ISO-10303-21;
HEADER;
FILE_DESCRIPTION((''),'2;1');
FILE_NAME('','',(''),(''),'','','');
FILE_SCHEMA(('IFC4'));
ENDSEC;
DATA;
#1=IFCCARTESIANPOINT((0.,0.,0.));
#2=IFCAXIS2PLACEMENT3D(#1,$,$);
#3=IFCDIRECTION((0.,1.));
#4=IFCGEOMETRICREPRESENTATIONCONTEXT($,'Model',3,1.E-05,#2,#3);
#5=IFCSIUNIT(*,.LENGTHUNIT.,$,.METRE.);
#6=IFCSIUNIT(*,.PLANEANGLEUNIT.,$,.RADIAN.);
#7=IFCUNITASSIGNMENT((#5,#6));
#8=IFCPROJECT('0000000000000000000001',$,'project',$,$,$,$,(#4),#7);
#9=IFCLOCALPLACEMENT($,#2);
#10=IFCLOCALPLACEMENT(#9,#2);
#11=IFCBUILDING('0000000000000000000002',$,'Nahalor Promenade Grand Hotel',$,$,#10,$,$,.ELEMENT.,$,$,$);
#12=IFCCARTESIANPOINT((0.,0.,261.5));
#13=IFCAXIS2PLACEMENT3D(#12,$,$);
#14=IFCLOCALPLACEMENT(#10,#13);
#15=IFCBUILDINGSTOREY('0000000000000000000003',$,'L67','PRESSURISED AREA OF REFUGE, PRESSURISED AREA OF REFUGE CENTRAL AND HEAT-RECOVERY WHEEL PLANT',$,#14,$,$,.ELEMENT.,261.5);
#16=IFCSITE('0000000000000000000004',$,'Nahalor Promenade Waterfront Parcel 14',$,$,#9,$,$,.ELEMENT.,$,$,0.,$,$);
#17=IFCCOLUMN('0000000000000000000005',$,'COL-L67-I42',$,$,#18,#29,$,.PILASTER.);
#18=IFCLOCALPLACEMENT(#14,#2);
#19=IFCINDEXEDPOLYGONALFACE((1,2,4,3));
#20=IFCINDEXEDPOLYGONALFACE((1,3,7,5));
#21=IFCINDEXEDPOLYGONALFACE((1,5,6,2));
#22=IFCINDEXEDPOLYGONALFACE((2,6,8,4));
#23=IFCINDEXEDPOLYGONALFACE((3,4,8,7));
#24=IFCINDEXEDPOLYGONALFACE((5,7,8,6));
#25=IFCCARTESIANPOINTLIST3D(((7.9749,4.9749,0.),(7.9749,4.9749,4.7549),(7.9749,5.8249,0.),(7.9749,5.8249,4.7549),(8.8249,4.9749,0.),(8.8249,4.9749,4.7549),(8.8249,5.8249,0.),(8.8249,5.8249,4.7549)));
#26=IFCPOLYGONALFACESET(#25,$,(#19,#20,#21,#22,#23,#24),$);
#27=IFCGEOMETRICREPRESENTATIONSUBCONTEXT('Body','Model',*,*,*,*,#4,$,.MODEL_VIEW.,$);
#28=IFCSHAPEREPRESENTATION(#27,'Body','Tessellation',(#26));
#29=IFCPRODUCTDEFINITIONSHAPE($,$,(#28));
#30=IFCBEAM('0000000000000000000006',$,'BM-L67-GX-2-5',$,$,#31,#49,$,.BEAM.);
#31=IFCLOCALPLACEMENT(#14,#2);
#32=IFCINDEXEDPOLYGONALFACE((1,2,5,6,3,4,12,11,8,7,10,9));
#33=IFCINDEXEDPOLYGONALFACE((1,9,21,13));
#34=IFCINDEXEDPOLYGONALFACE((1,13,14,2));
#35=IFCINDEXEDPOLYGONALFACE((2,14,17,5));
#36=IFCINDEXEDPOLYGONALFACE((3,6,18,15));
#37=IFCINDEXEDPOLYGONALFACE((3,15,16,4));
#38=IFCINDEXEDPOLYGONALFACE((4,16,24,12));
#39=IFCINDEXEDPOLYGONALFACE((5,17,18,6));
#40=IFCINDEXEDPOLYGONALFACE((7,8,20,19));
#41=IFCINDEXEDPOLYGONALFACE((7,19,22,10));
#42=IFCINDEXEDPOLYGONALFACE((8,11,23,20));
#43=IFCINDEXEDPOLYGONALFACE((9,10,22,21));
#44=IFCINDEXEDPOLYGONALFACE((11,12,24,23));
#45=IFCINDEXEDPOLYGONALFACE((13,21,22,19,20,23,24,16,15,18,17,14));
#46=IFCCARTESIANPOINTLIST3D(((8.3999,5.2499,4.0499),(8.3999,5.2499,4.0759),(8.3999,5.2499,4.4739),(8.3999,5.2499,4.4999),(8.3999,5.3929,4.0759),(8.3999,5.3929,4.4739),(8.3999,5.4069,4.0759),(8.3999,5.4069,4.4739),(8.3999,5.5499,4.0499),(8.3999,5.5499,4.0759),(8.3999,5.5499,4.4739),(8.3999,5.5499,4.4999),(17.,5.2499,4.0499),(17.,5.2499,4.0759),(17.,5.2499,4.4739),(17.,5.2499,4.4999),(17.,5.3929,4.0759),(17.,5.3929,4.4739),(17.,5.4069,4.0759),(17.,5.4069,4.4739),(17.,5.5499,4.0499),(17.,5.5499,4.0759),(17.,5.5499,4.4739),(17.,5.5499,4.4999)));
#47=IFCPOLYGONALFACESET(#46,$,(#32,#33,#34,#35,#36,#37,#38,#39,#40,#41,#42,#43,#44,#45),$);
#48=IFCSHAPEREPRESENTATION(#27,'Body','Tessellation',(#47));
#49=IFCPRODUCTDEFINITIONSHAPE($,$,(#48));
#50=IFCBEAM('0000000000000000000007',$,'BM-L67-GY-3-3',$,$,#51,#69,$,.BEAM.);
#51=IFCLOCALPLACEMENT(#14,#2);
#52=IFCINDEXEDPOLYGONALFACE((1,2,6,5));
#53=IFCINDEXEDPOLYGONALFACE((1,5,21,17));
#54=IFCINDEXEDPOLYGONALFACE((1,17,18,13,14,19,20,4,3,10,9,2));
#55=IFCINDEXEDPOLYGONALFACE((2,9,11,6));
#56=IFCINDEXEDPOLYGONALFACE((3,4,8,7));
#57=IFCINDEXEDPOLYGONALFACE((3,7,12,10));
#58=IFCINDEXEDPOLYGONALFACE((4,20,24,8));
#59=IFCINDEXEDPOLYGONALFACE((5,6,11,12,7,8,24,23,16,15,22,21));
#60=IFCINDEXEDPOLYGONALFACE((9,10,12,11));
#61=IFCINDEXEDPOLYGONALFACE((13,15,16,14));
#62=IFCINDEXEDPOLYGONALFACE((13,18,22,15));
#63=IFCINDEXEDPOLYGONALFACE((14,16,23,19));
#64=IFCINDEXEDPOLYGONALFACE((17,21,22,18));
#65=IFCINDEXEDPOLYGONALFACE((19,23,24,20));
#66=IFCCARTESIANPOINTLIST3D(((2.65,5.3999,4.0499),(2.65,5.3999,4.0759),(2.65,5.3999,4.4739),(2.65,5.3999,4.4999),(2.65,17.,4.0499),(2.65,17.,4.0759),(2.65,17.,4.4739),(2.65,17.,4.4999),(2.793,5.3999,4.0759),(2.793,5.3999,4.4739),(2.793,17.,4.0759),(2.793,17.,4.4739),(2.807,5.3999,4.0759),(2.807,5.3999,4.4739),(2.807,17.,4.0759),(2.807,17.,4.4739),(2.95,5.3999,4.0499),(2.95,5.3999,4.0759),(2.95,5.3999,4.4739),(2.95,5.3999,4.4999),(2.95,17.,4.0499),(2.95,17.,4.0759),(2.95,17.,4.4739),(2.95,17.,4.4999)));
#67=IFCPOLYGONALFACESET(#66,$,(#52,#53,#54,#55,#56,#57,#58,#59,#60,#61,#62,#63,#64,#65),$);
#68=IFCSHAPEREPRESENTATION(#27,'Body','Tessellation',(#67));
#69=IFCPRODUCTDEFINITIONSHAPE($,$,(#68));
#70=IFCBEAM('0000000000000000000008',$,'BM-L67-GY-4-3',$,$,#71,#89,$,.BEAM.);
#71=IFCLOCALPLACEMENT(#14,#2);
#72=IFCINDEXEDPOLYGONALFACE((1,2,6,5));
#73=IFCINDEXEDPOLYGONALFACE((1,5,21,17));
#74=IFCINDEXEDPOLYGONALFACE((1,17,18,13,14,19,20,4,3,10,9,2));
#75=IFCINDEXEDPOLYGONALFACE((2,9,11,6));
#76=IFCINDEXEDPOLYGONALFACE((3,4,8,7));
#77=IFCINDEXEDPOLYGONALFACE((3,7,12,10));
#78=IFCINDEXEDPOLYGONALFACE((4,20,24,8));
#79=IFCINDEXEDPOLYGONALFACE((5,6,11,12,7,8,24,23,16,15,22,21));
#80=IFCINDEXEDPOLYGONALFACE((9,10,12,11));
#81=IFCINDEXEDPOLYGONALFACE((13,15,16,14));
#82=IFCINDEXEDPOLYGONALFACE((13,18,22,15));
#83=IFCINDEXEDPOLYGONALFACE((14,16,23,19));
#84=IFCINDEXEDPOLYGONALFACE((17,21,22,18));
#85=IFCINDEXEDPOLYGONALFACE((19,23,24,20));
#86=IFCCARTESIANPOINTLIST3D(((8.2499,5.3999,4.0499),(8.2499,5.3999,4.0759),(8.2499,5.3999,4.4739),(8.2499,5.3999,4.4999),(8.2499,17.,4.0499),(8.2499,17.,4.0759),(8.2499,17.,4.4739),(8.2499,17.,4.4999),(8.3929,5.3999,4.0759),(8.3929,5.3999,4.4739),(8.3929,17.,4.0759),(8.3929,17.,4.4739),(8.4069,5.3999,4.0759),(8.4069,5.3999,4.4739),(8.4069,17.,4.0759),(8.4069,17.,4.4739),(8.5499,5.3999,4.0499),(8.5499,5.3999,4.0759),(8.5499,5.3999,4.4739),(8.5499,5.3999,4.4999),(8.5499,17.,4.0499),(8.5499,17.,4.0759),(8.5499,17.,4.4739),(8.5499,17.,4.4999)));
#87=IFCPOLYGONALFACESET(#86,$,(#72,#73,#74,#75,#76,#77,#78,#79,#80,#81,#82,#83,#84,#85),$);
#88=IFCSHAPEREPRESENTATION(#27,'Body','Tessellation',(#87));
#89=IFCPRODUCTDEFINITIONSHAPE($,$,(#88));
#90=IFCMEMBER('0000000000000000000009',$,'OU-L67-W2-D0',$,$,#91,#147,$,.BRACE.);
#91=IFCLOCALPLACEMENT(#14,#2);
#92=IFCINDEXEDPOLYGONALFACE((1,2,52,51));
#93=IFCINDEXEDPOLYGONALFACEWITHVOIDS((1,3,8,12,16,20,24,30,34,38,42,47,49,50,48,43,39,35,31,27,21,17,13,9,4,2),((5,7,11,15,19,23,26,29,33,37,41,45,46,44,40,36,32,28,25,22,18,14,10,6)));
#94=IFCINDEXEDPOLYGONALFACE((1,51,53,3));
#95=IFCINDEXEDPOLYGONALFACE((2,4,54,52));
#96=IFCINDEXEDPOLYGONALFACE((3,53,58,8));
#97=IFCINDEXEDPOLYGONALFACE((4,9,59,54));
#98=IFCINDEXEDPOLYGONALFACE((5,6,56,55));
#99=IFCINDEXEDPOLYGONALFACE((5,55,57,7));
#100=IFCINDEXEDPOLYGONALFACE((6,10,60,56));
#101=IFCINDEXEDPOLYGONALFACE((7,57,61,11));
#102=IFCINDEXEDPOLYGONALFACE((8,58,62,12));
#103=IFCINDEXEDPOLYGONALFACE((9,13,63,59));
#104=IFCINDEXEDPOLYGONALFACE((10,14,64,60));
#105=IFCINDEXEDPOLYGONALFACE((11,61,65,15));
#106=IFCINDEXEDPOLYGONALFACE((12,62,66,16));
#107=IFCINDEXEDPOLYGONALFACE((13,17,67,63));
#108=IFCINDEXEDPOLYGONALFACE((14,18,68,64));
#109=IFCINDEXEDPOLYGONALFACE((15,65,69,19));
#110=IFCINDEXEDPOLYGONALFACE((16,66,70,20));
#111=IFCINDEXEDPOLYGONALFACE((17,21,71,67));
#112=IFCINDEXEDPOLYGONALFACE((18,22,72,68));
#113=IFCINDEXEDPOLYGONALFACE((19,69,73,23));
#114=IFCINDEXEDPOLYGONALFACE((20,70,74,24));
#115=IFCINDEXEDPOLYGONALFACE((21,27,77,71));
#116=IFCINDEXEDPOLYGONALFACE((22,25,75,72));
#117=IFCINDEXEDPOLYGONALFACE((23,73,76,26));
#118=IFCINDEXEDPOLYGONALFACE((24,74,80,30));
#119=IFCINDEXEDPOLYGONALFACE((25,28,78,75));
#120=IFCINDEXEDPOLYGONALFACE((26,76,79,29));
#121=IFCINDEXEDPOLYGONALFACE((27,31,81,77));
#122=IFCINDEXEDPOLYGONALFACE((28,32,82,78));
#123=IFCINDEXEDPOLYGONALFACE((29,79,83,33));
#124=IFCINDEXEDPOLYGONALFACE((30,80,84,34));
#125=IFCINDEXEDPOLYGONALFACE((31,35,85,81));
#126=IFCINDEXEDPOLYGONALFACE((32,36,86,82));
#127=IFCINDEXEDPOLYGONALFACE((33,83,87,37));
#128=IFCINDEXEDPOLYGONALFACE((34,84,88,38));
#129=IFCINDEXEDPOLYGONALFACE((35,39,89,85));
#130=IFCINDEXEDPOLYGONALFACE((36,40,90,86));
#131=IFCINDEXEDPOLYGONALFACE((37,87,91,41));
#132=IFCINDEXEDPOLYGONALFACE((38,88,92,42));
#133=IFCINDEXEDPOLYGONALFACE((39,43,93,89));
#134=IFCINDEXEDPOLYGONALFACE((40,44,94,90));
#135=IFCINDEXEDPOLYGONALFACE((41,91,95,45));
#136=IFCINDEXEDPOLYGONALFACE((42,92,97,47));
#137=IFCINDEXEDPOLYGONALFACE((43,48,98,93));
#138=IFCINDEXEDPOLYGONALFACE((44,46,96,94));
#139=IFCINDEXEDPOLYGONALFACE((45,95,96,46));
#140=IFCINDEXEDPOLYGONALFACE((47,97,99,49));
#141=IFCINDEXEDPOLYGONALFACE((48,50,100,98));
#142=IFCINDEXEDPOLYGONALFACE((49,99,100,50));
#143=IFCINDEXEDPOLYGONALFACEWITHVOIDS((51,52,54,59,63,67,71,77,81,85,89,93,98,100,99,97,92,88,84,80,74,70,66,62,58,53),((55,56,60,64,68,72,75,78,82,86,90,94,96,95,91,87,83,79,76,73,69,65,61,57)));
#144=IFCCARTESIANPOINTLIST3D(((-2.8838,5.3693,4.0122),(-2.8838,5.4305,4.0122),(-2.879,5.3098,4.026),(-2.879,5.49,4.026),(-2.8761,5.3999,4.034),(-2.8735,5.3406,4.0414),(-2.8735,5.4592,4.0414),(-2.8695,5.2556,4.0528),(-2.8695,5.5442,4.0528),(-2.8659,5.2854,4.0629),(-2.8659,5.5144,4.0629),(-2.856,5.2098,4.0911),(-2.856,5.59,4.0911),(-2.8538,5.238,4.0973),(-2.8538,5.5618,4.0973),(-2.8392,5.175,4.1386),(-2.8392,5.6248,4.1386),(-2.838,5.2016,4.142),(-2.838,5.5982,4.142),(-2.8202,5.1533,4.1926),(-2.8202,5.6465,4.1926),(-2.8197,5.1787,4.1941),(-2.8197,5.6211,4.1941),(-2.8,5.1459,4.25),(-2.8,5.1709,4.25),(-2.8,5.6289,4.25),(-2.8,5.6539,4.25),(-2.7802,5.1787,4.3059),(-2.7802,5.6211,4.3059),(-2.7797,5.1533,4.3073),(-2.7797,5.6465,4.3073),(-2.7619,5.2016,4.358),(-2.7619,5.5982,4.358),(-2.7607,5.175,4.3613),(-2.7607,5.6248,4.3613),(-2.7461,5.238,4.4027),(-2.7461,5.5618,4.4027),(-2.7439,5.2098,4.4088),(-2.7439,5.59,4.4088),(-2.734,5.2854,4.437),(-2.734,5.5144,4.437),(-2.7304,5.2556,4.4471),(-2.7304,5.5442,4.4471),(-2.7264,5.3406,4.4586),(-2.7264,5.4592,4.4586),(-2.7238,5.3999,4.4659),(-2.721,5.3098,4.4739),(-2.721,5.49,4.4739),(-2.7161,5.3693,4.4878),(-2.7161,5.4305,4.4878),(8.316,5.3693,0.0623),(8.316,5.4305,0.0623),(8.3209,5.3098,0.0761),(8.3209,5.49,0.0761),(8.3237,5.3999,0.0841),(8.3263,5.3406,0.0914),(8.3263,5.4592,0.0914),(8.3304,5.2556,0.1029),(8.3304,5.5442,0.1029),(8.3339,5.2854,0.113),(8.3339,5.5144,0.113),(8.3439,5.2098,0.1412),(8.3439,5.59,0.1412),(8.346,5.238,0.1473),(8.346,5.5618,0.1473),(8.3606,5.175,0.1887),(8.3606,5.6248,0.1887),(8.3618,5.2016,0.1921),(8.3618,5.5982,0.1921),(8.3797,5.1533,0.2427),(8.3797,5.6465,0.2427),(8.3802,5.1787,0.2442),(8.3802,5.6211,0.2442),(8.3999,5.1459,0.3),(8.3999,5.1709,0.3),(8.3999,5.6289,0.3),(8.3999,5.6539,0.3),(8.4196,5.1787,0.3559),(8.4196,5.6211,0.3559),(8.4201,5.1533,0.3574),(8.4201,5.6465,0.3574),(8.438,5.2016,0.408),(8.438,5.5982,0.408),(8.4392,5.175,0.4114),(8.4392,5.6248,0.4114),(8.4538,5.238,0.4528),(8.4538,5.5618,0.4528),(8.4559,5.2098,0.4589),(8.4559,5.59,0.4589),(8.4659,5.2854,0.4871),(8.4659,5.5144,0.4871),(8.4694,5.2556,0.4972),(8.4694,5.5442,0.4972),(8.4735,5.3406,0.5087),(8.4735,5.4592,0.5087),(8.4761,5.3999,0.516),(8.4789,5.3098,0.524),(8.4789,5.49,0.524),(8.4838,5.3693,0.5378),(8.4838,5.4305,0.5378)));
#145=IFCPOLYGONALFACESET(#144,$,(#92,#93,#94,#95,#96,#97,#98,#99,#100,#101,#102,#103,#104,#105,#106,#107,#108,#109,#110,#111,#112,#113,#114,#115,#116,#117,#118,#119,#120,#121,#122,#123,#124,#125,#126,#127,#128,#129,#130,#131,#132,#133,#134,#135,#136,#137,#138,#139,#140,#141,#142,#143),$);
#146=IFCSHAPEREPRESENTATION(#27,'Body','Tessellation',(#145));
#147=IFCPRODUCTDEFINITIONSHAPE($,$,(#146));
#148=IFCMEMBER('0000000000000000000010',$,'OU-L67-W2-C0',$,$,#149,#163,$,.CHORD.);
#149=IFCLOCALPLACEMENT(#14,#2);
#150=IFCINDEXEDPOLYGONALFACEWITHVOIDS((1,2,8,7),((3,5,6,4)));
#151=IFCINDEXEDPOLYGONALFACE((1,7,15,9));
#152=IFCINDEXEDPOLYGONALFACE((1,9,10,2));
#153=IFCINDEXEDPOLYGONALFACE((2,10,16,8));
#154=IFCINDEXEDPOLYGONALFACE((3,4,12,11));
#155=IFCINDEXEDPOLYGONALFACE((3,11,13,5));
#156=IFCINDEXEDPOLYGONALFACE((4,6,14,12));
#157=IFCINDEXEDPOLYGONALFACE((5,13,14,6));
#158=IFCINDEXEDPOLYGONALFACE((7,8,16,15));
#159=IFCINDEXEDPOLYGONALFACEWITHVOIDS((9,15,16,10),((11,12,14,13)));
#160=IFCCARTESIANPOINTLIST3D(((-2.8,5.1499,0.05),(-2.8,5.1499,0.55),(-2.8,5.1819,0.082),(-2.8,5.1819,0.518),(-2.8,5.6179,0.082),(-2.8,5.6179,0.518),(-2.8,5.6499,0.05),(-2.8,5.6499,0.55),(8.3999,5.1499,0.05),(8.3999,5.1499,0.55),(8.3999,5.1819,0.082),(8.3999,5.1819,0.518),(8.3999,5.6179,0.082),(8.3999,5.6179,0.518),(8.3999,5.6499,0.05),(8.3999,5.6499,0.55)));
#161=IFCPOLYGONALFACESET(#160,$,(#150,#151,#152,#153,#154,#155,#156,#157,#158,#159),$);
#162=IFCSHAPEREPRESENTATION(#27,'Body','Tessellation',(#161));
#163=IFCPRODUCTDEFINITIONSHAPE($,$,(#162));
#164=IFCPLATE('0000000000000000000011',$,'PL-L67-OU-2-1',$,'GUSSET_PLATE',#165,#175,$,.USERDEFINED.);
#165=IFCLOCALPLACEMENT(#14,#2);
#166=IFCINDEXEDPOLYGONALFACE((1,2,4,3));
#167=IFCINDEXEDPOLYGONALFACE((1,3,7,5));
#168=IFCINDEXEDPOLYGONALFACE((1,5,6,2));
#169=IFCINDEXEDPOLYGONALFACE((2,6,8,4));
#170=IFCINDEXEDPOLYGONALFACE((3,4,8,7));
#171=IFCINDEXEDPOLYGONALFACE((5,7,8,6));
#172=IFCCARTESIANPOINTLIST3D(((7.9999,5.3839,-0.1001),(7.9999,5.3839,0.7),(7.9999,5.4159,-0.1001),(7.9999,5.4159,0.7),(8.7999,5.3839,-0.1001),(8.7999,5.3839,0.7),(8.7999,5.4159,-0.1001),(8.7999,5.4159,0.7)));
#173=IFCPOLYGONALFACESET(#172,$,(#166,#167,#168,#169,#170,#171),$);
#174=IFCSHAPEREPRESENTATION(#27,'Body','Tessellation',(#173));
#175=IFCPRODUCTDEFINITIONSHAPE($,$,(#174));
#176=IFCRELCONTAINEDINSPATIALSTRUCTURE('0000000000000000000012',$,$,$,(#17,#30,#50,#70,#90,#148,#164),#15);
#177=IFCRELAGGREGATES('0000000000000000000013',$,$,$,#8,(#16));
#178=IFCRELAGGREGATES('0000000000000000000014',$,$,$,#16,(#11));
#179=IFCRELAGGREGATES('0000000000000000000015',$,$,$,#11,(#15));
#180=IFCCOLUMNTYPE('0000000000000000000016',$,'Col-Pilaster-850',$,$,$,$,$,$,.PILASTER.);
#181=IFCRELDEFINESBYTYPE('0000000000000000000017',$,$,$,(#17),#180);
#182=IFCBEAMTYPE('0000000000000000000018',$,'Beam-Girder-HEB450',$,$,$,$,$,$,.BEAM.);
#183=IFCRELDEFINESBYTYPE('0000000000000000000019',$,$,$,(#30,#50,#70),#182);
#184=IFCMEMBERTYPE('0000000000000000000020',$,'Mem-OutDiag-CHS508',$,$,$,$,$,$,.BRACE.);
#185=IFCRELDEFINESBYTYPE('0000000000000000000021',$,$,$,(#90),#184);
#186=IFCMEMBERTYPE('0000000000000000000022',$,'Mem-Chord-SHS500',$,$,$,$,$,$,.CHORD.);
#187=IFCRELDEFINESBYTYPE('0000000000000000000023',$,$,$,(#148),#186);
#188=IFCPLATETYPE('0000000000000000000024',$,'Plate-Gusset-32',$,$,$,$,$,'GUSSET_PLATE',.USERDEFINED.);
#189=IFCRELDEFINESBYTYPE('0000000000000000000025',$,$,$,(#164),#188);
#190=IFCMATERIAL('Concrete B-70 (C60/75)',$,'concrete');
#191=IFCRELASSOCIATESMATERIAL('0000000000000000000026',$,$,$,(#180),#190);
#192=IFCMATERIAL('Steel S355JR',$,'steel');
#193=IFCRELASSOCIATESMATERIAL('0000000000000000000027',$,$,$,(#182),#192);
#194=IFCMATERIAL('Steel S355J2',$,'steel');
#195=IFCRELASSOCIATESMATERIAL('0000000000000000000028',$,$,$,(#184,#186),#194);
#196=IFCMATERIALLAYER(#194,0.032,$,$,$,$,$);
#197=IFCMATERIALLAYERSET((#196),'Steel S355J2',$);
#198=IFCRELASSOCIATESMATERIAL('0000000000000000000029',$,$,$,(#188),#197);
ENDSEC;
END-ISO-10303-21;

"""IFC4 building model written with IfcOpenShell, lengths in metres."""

from ifc_helpers import new_model, si_unit, direction, frame, origin, origin_2d, place, context, subcontext, project, spatial, rectangle, hollow_rectangle, hollow_circle, i_section, extrude, source, transform, mapped, material, layer, layer_set, material_profile, profile_set, type_object, element, save


model = new_model("IFC4")

# Units and contexts
model_context = context("Model", 3, precision=1e-05, world=origin(), true_north=direction((0.0, 1.0)))
body_context = subcontext(model_context, "Body", "Model", "MODEL_VIEW")
ifc_project = project(units=[si_unit("LENGTHUNIT", "METRE"), si_unit("PLANEANGLEUNIT", "RADIAN")], contexts=[model_context])

# Site, building, storey
site_placement = place(None, origin())
site = spatial("IfcSite", under=ifc_project, at=site_placement, Name="Nahalor Promenade Waterfront Parcel 14", CompositionType="ELEMENT", RefElevation=0.0)
building_placement = place(site_placement, origin())
building = spatial("IfcBuilding", under=site, at=building_placement, Name="Nahalor Promenade Grand Hotel", CompositionType="ELEMENT")
storey_placement = place(building_placement, frame((0.0, 0.0, 261.5)))
storey = spatial("IfcBuildingStorey", under=building, at=storey_placement, Name="L67", Description="PRESSURISED AREA OF REFUGE, PRESSURISED AREA OF REFUGE CENTRAL AND HEAT-RECOVERY WHEEL PLANT", CompositionType="ELEMENT", Elevation=261.5)

# Column
ifc_material_1 = material(Name="Concrete B-70 (C60/75)", Category="concrete")
ifc_material_profile_1 = material_profile(ifc_material_1, rectangle(XDim=0.85, YDim=0.85, at=origin_2d()), Name="RC 850x850")
ifc_profile_set_1 = profile_set([ifc_material_profile_1], Name="Concrete B-70 (C60/75)")
column_type = type_object("IfcColumnType", Name="Col-Pilaster-850", PredefinedType="PILASTER", material=ifc_profile_set_1)
shared_shape_1 = source(origin(), body_context, "Body", "SweptSolid", [
    extrude(rectangle(XDim=0.85, YDim=0.85, at=origin_2d()), origin(), (0.0, 0.0, 1.0), 4.7549),
])
column_placement = place(storey_placement, frame((8.3999, 5.3999, 0.0), z_axis=(0.0, 0.0, 1.0), x_axis=(1.0, 0.0, 0.0)))
element("IfcColumn", 1, at=column_placement, inside=storey, type_object=column_type, Name="COL-L67-I42", PredefinedType="PILASTER", context=body_context, shape_type="MappedRepresentation", body=[
    mapped(shared_shape_1, transform((0.0, 0.0, 0.0), scale=1.0)),
])

# Beams
ifc_material_2 = material(Name="Steel S355JR", Category="steel")
ifc_material_profile_2 = material_profile(ifc_material_2, i_section(OverallWidth=0.3, OverallDepth=0.45, WebThickness=0.014, FlangeThickness=0.026, at=origin_2d()), Name="HEB 450")
ifc_profile_set_2 = profile_set([ifc_material_profile_2], Name="Steel S355JR")
beam_type = type_object("IfcBeamType", Name="Beam-Girder-HEB450", PredefinedType="BEAM", material=ifc_profile_set_2)
shared_shape_2 = source(origin(), body_context, "Body", "SweptSolid", [
    extrude(i_section(OverallWidth=0.3, OverallDepth=0.45, WebThickness=0.014, FlangeThickness=0.026, at=origin_2d()), origin(), (0.0, 0.0, 1.0), 8.6001),
])
beam_placement = place(storey_placement, frame((8.3999, 5.3999, 4.2749), z_axis=(1.0, 0.0, 0.0), x_axis=(0.0, 1.0, 0.0)))
element("IfcBeam", 2, at=beam_placement, inside=storey, type_object=beam_type, Name="BM-L67-GX-2-5", PredefinedType="BEAM", context=body_context, shape_type="MappedRepresentation", body=[
    mapped(shared_shape_2, transform((0.0, 0.0, 0.0), scale=1.0)),
])
shared_shape_3 = source(origin(), body_context, "Body", "SweptSolid", [
    extrude(i_section(OverallWidth=0.3, OverallDepth=0.45, WebThickness=0.014, FlangeThickness=0.026, at=origin_2d()), origin(), (0.0, 0.0, 1.0), 11.6001),
])
for number, where, z_axis, x_axis, name in (
    (3, (2.8, 5.3999, 4.2749), (0.0, 1.0, 0.0), (-1.0, 0.0, 0.0), "BM-L67-GY-3-3"),
    (4, (8.3999, 5.3999, 4.2749), (0.0, 1.0, 0.0), (-1.0, 0.0, 0.0), "BM-L67-GY-4-3"),
):
    element("IfcBeam", number, at=place(storey_placement, frame(where, z_axis=z_axis, x_axis=x_axis)), inside=storey, type_object=beam_type, Name=name, PredefinedType="BEAM", context=body_context, shape_type="MappedRepresentation", body=[
        mapped(shared_shape_3, transform((0.0, 0.0, 0.0), scale=1.0)),
    ])

# Members
ifc_material_3 = material(Name="Steel S355J2", Category="steel")
ifc_material_profile_3 = material_profile(ifc_material_3, hollow_circle(Radius=0.254, WallThickness=0.025, at=origin_2d()), Name="CHS 508x25")
ifc_profile_set_3 = profile_set([ifc_material_profile_3], Name="Steel S355J2")
member_type_1 = type_object("IfcMemberType", Name="Mem-OutDiag-CHS508", PredefinedType="BRACE", material=ifc_profile_set_3)
shared_shape_4 = source(origin(), body_context, "Body", "SweptSolid", [
    extrude(hollow_circle(Radius=0.254, WallThickness=0.025, at=origin_2d()), origin(), (0.0, 0.0, 1.0), 11.876),
])
member_1_placement = place(storey_placement, frame((8.3999, 5.3999, 0.3), z_axis=(-0.943069, 0.0, 0.332598), x_axis=(0.0, -1.0, 0.0)))
element("IfcMember", 5, at=member_1_placement, inside=storey, type_object=member_type_1, Name="OU-L67-W2-D0", PredefinedType="BRACE", context=body_context, shape_type="MappedRepresentation", body=[
    mapped(shared_shape_4, transform((0.0, 0.0, 0.0), scale=1.0)),
])
ifc_material_profile_4 = material_profile(ifc_material_3, hollow_rectangle(XDim=0.5, YDim=0.5, WallThickness=0.032, at=origin_2d()), Name="SHS 500x500x32")
ifc_profile_set_4 = profile_set([ifc_material_profile_4], Name="Steel S355J2")
member_type_2 = type_object("IfcMemberType", Name="Mem-Chord-SHS500", PredefinedType="CHORD", material=ifc_profile_set_4)
shared_shape_5 = source(origin(), body_context, "Body", "SweptSolid", [
    extrude(hollow_rectangle(XDim=0.5, YDim=0.5, WallThickness=0.032, at=origin_2d()), origin(), (0.0, 0.0, 1.0), 11.2),
])
member_2_placement = place(storey_placement, frame((8.3999, 5.3999, 0.3), z_axis=(-1.0, 0.0, 0.0), x_axis=(0.0, -1.0, 0.0)))
element("IfcMember", 6, at=member_2_placement, inside=storey, type_object=member_type_2, Name="OU-L67-W2-C0", PredefinedType="CHORD", context=body_context, shape_type="MappedRepresentation", body=[
    mapped(shared_shape_5, transform((0.0, 0.0, 0.0), scale=1.0)),
])

# Plate
ifc_layer_1 = layer(ifc_material_3, 0.032)
ifc_layer_set_1 = layer_set([ifc_layer_1], Name="Steel S355J2")
plate_type = type_object("IfcPlateType", Name="Plate-Gusset-32", ElementType="GUSSET_PLATE", PredefinedType="USERDEFINED", material=ifc_layer_set_1)
shared_shape_6 = source(origin(), body_context, "Body", "SweptSolid", [
    extrude(rectangle(XDim=0.8, YDim=0.032, at=origin_2d()), origin(), (0.0, 0.0, 1.0), 0.8),
])
plate_placement = place(storey_placement, frame((8.3999, 5.3999, -0.1001), z_axis=(0.0, 0.0, 1.0), x_axis=(1.0, 0.0, 0.0)))
element("IfcPlate", 7, at=plate_placement, inside=storey, type_object=plate_type, Name="PL-L67-OU-2-1", ObjectType="GUSSET_PLATE", PredefinedType="USERDEFINED", context=body_context, shape_type="MappedRepresentation", body=[
    mapped(shared_shape_6, transform((0.0, 0.0, 0.0), scale=1.0)),
])

save(model, "model.ifc")
